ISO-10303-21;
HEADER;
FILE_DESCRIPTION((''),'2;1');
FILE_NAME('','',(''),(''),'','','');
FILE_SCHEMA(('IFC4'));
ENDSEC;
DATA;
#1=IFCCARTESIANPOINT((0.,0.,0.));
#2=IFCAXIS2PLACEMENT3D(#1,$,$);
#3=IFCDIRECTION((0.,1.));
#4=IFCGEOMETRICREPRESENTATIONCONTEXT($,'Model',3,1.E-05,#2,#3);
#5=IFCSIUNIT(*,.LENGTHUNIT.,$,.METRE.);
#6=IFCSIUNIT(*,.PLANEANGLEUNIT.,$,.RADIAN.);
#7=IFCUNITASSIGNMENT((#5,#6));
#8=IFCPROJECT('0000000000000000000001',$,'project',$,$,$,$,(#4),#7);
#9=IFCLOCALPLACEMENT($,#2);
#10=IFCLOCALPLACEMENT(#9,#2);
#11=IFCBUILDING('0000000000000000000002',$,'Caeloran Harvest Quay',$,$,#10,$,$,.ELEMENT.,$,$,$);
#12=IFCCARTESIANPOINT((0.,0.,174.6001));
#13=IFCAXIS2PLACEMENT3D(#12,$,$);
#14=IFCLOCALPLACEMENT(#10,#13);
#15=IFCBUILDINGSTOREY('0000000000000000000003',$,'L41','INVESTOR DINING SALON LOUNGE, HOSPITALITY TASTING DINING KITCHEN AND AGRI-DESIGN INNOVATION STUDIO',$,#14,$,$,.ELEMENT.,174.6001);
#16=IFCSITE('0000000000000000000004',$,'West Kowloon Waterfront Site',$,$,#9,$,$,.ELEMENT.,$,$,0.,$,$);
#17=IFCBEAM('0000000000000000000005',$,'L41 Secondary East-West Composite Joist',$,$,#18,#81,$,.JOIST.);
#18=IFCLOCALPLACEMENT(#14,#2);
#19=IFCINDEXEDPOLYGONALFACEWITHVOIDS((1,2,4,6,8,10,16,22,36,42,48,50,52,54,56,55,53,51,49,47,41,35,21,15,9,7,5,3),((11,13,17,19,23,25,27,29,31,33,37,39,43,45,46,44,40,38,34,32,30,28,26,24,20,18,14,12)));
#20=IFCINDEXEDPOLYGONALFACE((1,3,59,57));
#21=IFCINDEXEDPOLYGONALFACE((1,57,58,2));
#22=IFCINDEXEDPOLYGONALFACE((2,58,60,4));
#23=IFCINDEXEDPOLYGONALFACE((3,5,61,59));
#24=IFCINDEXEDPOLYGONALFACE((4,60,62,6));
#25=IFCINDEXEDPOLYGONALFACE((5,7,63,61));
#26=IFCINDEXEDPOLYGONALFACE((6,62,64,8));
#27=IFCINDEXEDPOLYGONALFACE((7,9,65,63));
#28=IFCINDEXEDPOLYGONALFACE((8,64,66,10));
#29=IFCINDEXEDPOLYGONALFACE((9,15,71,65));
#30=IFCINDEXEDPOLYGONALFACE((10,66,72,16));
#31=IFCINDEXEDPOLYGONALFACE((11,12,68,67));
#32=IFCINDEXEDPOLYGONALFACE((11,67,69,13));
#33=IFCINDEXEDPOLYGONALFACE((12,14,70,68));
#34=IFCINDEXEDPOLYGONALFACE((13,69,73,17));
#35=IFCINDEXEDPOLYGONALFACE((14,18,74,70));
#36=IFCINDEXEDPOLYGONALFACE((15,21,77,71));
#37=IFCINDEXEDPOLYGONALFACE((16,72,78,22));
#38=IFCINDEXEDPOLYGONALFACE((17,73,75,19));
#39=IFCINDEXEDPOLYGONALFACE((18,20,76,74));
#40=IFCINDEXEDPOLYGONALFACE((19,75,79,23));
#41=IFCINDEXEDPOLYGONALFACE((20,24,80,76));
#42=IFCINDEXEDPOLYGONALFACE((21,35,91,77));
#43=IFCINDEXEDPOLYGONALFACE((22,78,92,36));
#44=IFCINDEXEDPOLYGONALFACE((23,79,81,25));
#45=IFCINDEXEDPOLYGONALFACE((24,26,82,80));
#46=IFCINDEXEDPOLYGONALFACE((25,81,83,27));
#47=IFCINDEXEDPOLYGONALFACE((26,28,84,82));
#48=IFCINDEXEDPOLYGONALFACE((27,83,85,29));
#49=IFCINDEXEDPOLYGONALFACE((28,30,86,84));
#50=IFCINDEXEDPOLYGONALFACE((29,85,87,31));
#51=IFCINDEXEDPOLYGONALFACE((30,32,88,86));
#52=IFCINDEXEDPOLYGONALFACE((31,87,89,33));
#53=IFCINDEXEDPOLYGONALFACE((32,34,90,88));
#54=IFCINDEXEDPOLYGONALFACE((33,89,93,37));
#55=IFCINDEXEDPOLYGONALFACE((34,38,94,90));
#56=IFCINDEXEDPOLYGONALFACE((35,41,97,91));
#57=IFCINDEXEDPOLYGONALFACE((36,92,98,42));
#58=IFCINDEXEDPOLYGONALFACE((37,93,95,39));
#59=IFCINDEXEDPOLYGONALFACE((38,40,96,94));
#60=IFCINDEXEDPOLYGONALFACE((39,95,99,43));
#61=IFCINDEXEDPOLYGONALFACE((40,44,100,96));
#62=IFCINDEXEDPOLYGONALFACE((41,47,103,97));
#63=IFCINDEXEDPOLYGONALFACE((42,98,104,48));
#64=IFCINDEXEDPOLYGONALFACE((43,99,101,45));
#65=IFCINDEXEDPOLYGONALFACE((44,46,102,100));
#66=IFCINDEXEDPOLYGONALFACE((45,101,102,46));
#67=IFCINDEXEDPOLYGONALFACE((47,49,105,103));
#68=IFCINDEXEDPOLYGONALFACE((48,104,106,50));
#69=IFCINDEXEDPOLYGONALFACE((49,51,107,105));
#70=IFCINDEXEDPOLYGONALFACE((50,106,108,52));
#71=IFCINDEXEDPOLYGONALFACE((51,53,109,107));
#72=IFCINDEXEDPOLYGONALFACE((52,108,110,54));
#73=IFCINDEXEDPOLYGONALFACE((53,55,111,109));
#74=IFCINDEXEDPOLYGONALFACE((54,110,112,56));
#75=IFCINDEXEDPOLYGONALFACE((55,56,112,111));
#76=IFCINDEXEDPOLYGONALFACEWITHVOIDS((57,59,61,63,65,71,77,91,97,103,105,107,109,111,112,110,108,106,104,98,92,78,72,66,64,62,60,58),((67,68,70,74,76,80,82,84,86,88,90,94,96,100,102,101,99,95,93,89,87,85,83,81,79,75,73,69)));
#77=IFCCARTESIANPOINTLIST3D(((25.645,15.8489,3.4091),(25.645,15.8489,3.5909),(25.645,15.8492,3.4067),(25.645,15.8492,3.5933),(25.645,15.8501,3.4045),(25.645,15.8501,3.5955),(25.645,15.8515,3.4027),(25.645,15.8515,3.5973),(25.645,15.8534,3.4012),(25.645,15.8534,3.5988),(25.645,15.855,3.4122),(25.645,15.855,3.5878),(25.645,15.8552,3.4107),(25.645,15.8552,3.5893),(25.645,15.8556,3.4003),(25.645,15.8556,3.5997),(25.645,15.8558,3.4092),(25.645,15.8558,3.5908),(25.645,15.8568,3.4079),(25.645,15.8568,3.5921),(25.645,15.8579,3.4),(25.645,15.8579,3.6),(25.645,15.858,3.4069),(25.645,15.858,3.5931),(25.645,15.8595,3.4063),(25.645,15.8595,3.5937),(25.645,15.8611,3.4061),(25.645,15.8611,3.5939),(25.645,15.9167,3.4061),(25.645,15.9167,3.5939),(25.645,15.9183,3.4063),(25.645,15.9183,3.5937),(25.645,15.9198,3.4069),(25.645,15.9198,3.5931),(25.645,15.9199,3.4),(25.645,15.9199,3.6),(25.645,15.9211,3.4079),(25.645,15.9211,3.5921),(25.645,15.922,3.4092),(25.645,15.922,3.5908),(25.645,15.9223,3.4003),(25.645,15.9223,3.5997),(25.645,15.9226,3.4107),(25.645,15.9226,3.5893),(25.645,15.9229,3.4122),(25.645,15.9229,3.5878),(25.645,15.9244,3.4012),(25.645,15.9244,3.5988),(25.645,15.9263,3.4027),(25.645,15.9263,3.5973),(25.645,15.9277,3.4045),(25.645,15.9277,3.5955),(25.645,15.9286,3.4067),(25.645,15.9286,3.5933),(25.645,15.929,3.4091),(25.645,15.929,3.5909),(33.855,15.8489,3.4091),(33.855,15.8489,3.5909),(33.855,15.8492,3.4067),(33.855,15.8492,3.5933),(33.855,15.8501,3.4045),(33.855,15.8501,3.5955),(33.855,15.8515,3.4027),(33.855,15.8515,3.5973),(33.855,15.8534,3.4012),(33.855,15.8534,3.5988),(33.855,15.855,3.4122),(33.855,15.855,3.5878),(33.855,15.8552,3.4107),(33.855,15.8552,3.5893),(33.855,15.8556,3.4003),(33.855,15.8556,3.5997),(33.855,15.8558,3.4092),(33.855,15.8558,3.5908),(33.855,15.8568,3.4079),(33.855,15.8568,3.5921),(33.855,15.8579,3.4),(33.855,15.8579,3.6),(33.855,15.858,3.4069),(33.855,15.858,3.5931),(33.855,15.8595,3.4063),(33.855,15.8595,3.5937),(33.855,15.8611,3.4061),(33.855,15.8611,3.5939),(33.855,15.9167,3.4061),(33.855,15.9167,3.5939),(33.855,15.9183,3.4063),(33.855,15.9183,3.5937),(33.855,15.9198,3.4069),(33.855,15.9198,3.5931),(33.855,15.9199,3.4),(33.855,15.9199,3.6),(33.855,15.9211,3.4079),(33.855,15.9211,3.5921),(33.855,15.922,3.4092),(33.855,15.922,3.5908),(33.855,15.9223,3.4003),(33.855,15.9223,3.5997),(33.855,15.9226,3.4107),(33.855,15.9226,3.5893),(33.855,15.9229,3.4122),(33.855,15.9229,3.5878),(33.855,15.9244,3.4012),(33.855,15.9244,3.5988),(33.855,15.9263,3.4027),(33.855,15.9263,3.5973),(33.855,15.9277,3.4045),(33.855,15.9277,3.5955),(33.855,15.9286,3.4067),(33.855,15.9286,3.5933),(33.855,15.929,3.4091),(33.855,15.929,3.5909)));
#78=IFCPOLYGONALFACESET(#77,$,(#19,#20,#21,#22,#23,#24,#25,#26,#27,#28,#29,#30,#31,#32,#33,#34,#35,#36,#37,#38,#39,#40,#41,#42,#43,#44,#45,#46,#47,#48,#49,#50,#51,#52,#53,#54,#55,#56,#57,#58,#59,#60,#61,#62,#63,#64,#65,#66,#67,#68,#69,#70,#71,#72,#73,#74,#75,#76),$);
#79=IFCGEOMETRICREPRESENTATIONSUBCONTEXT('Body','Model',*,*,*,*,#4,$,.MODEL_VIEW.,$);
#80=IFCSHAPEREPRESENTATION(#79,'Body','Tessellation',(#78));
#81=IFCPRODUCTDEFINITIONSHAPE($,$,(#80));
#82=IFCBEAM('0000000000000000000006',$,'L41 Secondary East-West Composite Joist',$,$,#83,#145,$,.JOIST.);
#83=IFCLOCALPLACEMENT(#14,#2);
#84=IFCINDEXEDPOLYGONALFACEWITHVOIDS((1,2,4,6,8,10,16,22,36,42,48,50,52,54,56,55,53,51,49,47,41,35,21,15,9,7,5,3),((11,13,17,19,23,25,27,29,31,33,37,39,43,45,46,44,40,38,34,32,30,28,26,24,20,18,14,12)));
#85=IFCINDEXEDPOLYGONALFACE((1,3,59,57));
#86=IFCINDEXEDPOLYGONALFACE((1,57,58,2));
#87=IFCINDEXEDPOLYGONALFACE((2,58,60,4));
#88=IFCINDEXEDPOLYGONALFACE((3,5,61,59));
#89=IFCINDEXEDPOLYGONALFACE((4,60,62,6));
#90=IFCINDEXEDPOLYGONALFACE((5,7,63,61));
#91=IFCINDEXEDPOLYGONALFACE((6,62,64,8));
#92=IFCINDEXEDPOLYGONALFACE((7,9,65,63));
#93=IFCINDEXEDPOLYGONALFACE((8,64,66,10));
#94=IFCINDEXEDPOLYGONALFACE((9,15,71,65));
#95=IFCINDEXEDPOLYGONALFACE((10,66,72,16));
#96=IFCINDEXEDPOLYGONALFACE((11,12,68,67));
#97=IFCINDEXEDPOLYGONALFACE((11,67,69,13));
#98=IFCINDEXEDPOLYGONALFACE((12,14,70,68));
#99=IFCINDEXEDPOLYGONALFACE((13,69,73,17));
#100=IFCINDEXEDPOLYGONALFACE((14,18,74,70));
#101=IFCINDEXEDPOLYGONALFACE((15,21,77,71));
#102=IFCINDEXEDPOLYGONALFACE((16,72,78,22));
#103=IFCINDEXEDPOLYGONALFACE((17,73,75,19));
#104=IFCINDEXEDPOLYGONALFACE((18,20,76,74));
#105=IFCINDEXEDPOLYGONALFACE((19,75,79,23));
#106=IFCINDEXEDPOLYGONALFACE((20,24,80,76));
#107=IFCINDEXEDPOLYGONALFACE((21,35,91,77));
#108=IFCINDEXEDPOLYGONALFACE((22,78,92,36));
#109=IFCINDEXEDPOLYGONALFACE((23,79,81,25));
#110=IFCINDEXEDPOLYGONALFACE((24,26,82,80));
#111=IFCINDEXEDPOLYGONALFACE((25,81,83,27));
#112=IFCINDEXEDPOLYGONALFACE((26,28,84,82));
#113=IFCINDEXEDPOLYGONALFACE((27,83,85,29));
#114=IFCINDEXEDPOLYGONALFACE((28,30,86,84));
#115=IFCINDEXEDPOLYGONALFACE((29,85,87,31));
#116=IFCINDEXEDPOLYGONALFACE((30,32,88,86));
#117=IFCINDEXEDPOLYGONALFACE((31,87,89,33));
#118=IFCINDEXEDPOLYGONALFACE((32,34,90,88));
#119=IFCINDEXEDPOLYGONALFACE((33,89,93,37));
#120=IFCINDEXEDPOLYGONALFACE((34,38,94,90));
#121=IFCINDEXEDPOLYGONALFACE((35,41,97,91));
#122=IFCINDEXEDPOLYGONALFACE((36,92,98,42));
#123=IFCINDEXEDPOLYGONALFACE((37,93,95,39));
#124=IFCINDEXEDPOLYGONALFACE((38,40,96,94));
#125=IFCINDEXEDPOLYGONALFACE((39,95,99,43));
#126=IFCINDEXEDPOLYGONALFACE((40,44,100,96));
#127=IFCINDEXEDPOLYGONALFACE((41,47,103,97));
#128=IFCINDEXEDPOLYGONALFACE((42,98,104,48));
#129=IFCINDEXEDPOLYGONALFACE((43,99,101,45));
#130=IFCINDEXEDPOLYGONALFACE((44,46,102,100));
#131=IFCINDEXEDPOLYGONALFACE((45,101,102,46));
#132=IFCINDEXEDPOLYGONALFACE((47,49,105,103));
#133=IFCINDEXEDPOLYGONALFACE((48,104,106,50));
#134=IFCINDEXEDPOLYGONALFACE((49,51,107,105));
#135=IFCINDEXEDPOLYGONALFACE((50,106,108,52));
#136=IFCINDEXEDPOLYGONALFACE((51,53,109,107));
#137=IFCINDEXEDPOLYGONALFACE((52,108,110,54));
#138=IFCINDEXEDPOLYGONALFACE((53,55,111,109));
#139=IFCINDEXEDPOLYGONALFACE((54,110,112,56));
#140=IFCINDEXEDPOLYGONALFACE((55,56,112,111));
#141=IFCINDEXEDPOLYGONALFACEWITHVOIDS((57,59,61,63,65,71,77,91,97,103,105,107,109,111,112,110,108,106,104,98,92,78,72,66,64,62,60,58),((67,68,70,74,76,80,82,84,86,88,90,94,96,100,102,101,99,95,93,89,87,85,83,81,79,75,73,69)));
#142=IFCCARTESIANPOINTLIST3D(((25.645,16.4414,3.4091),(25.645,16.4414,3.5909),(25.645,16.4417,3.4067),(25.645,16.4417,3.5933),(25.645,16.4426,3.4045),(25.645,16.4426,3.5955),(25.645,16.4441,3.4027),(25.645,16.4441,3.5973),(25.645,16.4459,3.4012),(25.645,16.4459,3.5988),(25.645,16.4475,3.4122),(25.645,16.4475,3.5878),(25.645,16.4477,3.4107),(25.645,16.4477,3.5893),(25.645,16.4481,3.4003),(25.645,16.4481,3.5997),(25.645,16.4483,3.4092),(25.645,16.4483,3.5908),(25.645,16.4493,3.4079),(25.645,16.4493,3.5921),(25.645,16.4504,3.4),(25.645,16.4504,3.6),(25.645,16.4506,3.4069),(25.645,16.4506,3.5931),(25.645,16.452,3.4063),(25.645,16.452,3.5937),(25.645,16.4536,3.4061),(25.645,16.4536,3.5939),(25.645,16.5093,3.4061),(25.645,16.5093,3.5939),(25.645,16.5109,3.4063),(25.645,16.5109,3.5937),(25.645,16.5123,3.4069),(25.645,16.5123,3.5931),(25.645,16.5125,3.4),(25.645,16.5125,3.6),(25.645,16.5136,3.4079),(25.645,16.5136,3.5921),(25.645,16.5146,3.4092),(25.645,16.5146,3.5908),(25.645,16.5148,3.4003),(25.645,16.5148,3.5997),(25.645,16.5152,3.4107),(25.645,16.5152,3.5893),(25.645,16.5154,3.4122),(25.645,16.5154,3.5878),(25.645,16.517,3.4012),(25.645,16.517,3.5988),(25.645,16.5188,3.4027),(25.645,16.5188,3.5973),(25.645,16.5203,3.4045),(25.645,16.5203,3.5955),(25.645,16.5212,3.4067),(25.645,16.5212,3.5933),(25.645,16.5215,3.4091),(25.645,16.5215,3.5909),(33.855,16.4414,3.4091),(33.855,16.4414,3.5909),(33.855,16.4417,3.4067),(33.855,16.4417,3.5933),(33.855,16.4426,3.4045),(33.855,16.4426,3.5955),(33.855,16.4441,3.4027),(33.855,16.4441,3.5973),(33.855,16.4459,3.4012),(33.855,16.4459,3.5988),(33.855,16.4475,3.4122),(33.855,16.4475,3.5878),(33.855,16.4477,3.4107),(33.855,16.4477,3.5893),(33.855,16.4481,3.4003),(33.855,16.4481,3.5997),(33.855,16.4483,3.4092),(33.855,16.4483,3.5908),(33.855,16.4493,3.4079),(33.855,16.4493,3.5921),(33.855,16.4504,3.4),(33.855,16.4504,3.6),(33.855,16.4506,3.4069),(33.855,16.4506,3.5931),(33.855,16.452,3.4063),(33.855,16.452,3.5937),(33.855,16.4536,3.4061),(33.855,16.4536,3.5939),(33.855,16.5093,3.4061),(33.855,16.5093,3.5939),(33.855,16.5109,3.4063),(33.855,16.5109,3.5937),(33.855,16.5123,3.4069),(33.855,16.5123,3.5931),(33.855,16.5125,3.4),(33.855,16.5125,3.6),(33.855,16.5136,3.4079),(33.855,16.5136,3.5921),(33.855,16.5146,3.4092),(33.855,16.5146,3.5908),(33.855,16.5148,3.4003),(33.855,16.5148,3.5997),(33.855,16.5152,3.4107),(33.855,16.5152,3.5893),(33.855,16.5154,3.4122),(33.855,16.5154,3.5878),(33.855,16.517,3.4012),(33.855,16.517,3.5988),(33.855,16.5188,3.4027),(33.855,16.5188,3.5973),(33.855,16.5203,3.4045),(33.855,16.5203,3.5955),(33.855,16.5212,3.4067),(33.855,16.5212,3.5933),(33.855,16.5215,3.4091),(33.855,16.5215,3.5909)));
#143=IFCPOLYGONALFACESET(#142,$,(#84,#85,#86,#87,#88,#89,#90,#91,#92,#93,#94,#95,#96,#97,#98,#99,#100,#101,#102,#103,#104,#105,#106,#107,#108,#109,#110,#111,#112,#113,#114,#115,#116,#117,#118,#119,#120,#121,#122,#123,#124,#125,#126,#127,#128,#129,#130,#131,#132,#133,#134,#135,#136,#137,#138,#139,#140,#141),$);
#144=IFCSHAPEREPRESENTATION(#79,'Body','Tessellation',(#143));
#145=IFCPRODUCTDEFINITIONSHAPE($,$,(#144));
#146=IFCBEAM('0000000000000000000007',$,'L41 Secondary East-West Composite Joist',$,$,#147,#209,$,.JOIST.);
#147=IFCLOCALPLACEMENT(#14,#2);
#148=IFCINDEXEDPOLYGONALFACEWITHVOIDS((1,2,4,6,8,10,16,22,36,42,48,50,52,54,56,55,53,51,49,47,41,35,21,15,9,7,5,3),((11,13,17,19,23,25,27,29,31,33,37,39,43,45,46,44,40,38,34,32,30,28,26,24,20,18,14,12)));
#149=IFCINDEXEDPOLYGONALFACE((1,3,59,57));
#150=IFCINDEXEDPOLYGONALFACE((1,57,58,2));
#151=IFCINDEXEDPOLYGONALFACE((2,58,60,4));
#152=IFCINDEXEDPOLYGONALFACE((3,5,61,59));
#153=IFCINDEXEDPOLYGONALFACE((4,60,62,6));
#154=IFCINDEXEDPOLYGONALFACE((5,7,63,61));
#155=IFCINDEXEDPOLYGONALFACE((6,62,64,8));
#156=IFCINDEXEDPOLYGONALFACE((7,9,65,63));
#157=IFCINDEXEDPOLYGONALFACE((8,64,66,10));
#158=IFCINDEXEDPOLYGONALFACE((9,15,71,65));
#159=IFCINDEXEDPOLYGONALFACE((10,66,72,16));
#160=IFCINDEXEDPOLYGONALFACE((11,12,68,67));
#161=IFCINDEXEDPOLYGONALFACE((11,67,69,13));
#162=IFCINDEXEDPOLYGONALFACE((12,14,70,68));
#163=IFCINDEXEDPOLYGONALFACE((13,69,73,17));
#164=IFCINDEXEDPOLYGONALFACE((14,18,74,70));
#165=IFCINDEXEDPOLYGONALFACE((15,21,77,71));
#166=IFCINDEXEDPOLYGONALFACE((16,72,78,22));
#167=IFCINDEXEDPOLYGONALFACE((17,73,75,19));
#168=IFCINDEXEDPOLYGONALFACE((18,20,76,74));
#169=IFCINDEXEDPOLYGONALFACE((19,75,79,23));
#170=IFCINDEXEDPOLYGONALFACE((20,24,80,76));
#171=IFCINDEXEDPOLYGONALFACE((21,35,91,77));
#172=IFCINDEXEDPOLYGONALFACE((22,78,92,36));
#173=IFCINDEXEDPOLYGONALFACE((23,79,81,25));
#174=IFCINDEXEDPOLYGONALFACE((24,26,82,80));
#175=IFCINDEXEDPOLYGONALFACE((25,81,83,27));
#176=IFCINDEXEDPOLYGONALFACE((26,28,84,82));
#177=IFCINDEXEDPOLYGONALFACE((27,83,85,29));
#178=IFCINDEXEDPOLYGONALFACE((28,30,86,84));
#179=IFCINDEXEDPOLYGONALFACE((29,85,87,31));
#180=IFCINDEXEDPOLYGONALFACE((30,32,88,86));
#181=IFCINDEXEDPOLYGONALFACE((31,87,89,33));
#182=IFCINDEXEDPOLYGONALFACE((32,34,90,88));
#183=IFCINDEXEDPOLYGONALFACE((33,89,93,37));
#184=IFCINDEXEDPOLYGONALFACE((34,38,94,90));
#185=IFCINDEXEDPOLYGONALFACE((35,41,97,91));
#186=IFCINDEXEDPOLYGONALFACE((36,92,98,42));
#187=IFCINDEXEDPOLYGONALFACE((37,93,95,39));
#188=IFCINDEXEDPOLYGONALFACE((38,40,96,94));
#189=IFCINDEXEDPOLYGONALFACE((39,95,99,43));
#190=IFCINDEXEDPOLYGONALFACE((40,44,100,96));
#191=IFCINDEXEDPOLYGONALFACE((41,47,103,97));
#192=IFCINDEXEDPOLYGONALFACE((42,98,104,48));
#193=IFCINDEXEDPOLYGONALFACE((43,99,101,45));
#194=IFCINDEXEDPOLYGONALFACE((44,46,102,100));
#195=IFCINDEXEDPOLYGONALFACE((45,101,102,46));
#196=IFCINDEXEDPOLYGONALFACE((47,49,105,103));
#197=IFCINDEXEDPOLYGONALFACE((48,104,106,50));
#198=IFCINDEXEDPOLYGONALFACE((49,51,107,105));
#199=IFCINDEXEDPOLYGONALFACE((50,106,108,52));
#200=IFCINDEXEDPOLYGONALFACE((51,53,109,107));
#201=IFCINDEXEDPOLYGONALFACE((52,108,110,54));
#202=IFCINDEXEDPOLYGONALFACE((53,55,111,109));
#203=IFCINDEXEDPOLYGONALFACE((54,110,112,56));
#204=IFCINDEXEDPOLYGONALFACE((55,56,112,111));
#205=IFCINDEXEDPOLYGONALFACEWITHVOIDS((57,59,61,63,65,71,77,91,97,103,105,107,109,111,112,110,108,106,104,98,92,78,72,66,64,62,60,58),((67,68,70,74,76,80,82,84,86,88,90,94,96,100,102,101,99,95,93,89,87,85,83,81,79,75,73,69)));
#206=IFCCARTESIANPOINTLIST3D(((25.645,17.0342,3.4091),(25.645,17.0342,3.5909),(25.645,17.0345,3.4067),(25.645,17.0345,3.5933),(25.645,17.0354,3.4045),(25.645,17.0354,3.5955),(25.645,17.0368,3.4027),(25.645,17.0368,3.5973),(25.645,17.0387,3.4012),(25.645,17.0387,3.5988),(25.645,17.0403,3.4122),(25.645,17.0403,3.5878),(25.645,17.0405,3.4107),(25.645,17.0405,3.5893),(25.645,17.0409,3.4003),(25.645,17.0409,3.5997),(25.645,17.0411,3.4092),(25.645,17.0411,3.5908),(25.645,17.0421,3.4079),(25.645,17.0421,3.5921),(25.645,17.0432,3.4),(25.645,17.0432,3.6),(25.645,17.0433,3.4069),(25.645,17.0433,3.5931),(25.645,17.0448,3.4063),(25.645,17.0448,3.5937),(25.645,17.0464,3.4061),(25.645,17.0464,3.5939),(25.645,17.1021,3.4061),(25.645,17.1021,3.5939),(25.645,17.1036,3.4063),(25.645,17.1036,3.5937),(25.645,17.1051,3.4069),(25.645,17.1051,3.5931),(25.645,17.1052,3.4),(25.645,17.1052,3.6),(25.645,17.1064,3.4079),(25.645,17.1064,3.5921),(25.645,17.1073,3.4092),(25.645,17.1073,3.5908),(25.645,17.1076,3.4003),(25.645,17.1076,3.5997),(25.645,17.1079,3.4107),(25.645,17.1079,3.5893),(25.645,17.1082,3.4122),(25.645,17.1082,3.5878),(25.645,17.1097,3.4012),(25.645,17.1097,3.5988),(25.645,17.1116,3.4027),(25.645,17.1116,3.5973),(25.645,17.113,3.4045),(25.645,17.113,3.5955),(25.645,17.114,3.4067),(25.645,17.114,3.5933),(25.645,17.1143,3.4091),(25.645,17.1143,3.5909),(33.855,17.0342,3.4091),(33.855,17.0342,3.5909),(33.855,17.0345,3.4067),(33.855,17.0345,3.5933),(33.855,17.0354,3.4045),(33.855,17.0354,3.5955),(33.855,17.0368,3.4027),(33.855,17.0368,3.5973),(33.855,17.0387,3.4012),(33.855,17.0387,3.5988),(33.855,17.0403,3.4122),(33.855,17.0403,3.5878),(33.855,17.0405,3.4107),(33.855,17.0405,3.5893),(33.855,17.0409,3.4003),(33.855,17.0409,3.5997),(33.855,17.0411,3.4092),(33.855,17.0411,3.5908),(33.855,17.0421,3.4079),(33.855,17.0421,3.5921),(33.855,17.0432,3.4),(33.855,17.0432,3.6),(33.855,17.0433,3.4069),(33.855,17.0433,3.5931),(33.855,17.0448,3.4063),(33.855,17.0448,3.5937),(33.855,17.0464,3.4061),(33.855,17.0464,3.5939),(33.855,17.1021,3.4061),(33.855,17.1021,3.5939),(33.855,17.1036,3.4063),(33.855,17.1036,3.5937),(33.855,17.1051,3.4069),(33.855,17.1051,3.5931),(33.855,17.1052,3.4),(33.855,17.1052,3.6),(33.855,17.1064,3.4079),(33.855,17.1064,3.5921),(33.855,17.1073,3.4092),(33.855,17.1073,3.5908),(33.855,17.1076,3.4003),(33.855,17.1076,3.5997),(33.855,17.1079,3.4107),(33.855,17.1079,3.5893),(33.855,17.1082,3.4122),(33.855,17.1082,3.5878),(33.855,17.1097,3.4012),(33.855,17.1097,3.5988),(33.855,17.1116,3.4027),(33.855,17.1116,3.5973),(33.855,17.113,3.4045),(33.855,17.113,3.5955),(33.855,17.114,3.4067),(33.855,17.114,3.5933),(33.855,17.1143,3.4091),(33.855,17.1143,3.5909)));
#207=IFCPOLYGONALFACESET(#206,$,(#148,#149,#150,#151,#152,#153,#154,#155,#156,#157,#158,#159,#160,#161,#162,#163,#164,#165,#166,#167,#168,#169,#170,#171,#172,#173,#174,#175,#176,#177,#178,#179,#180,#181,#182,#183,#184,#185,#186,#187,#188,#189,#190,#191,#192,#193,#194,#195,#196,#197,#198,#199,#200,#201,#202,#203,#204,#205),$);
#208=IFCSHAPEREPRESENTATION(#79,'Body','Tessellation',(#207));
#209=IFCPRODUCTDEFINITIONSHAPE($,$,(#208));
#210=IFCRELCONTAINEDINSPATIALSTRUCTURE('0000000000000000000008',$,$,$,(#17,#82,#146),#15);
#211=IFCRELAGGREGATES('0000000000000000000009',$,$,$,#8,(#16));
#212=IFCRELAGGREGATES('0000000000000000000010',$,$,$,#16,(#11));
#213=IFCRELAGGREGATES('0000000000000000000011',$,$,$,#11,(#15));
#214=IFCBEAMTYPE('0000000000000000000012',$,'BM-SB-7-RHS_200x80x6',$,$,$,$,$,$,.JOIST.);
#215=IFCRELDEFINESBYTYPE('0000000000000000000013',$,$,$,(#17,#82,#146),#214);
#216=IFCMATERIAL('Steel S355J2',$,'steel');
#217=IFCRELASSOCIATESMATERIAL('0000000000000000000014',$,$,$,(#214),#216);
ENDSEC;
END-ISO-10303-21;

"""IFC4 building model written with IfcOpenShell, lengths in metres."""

from ifc_helpers import new_model, si_unit, direction, frame, origin, origin_2d, place, context, subcontext, project, spatial, hollow_rectangle, extrude, material, material_profile, profile_set, type_object, element, save


model = new_model("IFC4")

# Units and contexts
model_context = context("Model", 3, precision=1e-05, world=origin(), true_north=direction((0.0, 1.0)))
body_context = subcontext(model_context, "Body", "Model", "MODEL_VIEW")
ifc_project = project(units=[si_unit("LENGTHUNIT", "METRE"), si_unit("PLANEANGLEUNIT", "RADIAN")], contexts=[model_context])

# Site, building, storey
site_placement = place(None, origin())
site = spatial("IfcSite", under=ifc_project, at=site_placement, Name="West Kowloon Waterfront Site", CompositionType="ELEMENT", RefElevation=0.0)
building_placement = place(site_placement, origin())
building = spatial("IfcBuilding", under=site, at=building_placement, Name="Caeloran Harvest Quay", CompositionType="ELEMENT")
storey_placement = place(building_placement, frame((0.0, 0.0, 174.6001)))
storey = spatial("IfcBuildingStorey", under=building, at=storey_placement, Name="L41", Description="INVESTOR DINING SALON LOUNGE, HOSPITALITY TASTING DINING KITCHEN AND AGRI-DESIGN INNOVATION STUDIO", CompositionType="ELEMENT", Elevation=174.6001)

# Beams
ifc_material_1 = material(Name="Steel S355J2", Category="steel")
ifc_material_profile_1 = material_profile(ifc_material_1, hollow_rectangle(XDim=0.0801, YDim=0.2, WallThickness=0.0061, InnerFilletRadius=0.0061, OuterFilletRadius=0.009, at=origin_2d()), Name="RHS 200x80x6")
ifc_profile_set_1 = profile_set([ifc_material_profile_1], Name="Steel S355J2")
beam_type_1 = type_object("IfcBeamType", Name="BM-SB-7-RHS_200x80x6", PredefinedType="JOIST", material=ifc_profile_set_1)
for number, where, z_axis, x_axis, name in (
    (1, (25.645, 15.8889, 3.5), (1.0, 0.0, 0.0), (0.0, 1.0, 0.0), "L41 Secondary East-West Composite Joist"),
    (2, (25.645, 16.4814, 3.5), (1.0, 0.0, 0.0), (0.0, 1.0, 0.0), "L41 Secondary East-West Composite Joist"),
    (3, (25.645, 17.0742, 3.5), (1.0, 0.0, 0.0), (0.0, 1.0, 0.0), "L41 Secondary East-West Composite Joist"),
):
    element("IfcBeam", number, at=place(storey_placement, frame(where, z_axis=z_axis, x_axis=x_axis)), inside=storey, type_object=beam_type_1, Name=name, PredefinedType="JOIST", context=body_context, shape_type="SweptSolid", body=[
        extrude(hollow_rectangle(XDim=0.0801, YDim=0.2, WallThickness=0.0061, InnerFilletRadius=0.0061, OuterFilletRadius=0.009, at=origin_2d()), origin(), (0.0, 0.0, 1.0), 8.21),
    ])

save(model, "model.ifc")
